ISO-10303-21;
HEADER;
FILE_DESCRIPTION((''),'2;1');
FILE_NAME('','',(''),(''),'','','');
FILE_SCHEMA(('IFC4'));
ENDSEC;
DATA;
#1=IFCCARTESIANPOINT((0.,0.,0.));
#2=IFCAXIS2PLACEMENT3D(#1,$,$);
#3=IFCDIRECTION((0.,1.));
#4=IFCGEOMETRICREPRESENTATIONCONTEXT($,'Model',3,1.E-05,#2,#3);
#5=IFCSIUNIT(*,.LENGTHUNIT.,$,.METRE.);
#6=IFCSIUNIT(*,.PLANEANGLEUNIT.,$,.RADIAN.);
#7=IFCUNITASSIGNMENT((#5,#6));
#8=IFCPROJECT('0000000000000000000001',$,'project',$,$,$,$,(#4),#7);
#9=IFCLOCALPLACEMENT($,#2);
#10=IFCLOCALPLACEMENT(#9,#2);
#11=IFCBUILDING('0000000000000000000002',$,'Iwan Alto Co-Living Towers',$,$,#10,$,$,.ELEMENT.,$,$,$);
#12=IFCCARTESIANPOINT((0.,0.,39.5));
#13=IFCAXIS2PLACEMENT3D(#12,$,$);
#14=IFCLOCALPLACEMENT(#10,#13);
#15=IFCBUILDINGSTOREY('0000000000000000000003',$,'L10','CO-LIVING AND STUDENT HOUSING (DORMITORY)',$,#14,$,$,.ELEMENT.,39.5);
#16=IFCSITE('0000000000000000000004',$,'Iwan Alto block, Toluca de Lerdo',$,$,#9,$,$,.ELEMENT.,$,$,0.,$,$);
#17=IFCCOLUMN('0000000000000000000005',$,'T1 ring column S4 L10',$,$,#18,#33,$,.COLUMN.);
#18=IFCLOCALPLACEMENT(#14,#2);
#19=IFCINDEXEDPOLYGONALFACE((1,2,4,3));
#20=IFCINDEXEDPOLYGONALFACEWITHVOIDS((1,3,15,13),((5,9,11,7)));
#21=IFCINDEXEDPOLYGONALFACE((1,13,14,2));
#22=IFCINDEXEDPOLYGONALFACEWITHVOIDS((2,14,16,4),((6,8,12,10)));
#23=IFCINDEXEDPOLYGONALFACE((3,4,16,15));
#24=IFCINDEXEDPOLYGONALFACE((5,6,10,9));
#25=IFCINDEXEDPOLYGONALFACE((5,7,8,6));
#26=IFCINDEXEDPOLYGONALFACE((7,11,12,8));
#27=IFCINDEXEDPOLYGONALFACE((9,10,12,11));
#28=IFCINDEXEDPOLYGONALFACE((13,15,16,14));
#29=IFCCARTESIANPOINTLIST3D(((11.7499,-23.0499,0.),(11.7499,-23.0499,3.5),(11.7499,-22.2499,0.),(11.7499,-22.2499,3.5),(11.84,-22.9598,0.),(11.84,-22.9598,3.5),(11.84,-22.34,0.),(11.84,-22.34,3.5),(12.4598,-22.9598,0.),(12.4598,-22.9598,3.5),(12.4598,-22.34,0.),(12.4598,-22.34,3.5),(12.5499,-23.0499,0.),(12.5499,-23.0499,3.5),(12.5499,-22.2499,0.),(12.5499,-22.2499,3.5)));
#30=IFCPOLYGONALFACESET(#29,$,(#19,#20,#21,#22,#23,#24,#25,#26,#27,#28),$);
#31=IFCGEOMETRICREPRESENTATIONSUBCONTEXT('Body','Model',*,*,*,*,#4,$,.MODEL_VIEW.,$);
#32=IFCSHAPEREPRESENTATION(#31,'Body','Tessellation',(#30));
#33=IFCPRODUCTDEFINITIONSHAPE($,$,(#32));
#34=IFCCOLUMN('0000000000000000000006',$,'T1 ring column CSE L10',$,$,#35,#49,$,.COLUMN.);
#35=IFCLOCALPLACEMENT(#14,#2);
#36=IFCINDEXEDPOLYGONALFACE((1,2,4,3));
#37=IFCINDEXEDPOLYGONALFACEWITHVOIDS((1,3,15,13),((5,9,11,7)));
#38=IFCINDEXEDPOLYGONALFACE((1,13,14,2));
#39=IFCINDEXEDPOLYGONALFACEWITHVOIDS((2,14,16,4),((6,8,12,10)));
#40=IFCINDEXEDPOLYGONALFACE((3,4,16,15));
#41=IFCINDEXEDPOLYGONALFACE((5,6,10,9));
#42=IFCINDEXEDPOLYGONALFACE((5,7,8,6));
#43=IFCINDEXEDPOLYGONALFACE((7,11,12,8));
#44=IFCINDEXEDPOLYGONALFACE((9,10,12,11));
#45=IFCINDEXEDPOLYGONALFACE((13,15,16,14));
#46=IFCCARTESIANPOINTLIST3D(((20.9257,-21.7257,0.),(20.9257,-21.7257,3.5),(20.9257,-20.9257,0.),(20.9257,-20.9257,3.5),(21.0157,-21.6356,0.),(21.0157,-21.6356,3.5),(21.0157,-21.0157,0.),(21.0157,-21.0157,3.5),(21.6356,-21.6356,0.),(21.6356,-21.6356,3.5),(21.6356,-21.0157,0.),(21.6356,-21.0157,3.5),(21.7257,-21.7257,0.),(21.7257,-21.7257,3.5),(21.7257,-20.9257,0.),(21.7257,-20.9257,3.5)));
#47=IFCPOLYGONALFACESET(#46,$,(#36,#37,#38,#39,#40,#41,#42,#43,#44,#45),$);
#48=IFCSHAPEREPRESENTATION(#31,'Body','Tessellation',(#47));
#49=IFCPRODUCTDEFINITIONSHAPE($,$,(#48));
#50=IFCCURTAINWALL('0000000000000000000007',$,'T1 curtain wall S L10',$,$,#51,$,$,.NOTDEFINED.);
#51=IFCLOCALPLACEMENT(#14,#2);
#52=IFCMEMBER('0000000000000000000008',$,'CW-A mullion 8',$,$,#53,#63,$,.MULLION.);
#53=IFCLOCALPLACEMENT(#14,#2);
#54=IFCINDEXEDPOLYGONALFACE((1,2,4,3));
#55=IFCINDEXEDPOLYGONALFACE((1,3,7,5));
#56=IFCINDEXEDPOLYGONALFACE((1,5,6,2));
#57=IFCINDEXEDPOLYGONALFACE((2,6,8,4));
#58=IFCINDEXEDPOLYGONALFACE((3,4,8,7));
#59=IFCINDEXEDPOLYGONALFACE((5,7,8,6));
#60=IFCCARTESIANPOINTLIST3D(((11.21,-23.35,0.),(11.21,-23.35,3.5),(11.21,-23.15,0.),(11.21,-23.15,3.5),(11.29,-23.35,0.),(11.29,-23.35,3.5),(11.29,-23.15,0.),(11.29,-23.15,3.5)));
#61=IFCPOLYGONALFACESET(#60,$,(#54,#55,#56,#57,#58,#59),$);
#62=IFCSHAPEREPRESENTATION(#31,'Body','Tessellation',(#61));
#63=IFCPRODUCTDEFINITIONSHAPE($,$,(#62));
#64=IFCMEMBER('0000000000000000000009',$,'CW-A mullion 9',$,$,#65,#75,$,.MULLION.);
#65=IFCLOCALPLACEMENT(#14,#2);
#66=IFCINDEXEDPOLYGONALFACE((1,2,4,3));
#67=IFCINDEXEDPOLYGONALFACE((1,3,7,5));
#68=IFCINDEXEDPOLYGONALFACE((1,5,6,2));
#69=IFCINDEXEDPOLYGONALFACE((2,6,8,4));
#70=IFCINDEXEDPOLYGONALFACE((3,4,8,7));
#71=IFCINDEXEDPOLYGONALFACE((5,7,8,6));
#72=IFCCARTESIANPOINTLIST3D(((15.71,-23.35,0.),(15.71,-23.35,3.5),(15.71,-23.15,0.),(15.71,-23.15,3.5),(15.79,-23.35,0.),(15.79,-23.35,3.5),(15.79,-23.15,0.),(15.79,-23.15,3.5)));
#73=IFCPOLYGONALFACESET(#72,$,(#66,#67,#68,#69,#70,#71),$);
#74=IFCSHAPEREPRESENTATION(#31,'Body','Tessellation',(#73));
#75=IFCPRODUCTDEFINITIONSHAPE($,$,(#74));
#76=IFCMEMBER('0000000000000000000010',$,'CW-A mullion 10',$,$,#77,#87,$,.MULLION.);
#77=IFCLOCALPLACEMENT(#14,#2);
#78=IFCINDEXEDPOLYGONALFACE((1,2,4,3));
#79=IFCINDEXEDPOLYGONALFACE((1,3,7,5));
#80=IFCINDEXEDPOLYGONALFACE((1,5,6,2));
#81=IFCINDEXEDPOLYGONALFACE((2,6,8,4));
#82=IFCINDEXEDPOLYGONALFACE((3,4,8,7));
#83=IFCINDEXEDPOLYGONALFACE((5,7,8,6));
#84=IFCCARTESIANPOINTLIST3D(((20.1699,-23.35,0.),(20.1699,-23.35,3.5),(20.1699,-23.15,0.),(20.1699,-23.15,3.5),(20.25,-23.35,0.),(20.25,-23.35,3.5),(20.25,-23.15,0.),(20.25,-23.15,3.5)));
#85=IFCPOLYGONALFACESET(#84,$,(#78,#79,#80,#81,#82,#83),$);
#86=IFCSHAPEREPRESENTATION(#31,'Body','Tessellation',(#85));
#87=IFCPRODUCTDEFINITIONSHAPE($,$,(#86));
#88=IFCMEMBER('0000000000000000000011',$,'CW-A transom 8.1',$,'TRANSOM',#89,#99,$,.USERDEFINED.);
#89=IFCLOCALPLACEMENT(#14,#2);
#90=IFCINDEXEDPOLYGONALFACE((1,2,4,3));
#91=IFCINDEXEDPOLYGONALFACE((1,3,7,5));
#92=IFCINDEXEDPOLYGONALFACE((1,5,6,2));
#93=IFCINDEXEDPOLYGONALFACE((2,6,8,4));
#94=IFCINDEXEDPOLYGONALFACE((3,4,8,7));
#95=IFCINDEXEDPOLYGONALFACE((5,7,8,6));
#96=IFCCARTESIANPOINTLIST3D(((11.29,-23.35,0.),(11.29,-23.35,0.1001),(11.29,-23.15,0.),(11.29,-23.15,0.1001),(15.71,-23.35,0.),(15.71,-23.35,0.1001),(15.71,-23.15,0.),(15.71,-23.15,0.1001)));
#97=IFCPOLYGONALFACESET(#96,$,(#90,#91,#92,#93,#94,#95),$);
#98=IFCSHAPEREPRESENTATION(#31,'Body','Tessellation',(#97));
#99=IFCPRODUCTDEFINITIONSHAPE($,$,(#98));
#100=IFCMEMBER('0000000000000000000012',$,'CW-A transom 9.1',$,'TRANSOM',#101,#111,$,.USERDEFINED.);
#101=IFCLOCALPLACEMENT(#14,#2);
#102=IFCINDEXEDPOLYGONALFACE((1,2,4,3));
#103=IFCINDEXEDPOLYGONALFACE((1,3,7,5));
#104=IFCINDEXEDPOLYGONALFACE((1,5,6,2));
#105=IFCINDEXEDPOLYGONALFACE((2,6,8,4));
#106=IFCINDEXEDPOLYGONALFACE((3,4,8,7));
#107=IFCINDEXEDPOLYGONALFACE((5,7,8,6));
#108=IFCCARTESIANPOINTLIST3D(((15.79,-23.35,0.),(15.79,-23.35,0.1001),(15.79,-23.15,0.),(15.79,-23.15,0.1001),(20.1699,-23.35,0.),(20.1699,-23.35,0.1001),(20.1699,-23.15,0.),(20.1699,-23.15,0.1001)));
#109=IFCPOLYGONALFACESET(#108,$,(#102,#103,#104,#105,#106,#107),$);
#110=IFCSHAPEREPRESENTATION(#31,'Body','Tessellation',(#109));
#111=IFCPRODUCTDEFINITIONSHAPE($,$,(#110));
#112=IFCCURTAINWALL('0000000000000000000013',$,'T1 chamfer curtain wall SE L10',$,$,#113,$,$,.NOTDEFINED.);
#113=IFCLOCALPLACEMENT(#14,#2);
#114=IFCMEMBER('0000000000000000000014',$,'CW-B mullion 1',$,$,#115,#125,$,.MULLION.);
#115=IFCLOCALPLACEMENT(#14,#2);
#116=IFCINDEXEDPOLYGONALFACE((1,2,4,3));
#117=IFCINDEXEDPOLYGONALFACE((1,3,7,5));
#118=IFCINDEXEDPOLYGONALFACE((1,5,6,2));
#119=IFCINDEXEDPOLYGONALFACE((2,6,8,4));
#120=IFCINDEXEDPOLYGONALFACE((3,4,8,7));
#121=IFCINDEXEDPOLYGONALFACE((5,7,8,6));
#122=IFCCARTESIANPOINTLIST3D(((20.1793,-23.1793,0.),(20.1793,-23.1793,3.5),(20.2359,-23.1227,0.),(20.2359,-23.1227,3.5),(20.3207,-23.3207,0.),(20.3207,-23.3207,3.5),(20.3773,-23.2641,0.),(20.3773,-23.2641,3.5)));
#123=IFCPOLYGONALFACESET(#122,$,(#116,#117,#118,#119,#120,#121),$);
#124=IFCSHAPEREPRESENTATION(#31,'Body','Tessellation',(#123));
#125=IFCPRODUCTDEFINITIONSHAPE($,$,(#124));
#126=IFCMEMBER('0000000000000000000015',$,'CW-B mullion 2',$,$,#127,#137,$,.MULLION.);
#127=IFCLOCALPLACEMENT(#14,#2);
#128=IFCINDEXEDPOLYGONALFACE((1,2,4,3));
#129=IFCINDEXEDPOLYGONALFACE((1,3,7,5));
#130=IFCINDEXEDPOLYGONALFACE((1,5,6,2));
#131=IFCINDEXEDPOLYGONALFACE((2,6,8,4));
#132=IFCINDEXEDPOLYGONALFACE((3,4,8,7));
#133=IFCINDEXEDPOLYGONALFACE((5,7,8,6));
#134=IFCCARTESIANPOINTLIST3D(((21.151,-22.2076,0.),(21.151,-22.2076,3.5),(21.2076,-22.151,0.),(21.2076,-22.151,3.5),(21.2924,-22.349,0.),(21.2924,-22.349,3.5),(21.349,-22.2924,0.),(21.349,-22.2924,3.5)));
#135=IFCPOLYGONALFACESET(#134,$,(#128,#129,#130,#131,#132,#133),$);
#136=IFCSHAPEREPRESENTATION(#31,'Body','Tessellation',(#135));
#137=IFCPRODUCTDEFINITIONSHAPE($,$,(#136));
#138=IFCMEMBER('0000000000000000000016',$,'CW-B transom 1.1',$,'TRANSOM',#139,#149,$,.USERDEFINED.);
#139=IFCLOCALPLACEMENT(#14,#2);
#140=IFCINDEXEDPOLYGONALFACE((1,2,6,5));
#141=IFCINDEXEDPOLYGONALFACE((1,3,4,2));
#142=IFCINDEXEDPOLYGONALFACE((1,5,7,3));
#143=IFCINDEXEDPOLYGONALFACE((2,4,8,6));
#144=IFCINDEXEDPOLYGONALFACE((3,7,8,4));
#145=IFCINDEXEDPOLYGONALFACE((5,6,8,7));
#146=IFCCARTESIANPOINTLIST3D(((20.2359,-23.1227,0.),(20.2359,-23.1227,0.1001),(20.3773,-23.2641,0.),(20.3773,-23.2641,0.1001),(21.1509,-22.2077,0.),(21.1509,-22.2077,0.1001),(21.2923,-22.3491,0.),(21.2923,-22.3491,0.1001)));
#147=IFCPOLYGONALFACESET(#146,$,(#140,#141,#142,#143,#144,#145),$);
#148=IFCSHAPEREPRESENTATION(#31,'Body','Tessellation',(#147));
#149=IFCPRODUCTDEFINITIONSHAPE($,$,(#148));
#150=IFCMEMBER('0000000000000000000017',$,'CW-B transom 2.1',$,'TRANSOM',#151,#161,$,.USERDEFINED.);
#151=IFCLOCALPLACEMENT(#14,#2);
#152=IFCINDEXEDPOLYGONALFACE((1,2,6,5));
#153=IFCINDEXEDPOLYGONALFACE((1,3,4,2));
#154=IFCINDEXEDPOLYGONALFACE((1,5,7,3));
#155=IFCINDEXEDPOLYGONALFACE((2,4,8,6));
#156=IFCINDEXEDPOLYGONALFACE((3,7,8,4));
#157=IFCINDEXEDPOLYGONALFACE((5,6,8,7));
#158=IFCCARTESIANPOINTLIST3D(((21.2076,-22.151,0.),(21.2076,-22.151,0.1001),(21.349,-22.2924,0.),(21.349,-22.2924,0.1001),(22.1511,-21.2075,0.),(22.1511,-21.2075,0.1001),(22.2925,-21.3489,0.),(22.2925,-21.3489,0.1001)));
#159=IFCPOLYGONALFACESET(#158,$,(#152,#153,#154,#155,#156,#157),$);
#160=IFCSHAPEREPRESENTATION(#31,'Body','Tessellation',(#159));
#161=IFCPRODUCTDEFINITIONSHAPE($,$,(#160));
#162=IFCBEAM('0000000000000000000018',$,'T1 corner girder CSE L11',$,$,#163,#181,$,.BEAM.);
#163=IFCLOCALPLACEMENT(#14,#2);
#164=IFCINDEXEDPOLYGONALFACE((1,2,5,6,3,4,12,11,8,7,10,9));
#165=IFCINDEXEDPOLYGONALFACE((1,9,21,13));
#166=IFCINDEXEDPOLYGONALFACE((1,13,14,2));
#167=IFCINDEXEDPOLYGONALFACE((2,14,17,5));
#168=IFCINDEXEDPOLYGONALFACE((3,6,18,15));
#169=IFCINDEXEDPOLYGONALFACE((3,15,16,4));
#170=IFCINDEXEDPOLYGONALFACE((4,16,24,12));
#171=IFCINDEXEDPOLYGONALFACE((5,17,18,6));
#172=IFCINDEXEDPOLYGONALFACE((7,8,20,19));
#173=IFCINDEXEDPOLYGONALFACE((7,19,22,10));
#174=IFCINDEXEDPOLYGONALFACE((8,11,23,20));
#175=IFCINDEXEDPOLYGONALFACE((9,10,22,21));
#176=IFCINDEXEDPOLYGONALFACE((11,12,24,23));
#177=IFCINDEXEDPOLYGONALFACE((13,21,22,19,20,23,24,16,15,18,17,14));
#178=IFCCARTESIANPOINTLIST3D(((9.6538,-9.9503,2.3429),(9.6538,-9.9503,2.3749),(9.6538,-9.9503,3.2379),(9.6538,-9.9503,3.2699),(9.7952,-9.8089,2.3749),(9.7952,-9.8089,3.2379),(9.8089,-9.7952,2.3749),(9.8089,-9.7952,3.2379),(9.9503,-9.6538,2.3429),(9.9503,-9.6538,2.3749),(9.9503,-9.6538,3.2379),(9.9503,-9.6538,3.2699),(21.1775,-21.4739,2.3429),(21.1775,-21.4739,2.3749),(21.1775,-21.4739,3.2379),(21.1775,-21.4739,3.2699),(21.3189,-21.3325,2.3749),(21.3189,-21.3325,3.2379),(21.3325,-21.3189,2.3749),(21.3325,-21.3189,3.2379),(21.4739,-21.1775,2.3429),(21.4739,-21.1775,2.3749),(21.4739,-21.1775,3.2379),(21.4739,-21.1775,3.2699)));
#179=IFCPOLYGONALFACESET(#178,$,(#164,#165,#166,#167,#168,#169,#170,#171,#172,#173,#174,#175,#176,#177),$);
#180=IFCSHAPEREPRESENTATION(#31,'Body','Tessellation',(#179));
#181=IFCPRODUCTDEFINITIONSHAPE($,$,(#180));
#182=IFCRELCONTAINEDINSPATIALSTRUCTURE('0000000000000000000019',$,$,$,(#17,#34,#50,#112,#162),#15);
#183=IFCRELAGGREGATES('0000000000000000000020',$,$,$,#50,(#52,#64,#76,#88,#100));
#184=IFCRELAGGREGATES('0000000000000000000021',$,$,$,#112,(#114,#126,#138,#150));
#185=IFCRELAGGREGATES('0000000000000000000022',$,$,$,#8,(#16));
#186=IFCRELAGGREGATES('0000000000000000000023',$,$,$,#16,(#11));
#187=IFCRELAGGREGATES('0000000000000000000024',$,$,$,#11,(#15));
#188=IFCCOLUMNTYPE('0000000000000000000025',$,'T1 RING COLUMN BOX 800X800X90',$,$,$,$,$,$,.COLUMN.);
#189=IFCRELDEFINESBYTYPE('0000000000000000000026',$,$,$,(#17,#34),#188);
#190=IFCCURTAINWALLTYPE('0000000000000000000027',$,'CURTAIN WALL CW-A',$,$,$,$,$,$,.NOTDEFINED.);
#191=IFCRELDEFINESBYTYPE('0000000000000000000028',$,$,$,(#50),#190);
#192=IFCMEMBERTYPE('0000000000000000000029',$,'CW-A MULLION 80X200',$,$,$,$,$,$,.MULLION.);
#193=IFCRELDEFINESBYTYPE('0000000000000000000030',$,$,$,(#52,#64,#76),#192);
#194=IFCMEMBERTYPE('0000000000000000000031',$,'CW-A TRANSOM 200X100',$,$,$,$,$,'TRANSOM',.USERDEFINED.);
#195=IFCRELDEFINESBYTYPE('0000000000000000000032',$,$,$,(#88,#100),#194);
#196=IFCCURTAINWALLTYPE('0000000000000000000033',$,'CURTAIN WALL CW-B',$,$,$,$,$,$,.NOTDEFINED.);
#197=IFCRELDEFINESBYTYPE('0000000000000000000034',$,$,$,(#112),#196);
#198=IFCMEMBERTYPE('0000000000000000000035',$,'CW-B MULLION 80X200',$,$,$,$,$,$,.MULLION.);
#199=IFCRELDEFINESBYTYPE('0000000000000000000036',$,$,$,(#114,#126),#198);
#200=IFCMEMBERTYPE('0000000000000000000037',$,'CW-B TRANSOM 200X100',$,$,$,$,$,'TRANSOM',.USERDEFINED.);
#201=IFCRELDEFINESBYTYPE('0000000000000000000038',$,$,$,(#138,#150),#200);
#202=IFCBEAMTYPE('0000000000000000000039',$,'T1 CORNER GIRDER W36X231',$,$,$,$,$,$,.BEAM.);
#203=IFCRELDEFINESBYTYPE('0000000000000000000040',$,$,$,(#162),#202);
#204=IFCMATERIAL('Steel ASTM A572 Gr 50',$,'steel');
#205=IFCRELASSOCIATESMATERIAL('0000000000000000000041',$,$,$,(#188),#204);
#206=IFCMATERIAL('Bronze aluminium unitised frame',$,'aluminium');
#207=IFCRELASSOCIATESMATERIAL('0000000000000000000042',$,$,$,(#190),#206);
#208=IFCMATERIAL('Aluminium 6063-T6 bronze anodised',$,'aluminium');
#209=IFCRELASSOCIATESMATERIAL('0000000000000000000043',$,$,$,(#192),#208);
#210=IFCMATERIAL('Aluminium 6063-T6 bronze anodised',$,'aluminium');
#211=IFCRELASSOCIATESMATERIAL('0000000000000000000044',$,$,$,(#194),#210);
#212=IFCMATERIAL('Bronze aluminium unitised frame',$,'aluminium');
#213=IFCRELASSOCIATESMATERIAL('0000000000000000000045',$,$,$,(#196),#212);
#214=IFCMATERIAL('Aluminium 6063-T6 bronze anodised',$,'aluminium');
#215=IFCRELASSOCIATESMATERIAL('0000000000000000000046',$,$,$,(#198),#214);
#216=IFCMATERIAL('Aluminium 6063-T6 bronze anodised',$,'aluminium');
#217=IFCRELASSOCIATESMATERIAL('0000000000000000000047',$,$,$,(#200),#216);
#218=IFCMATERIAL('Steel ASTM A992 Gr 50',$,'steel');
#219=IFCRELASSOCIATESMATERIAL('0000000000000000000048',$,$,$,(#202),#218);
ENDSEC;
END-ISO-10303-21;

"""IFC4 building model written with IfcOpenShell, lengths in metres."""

from ifc_helpers import new_model, si_unit, direction, frame, origin, origin_2d, place, context, subcontext, project, spatial, rectangle, hollow_rectangle, i_section, extrude, material, material_profile, profile_set, type_object, element, aggregate, save


model = new_model("IFC4")

# Units and contexts
model_context = context("Model", 3, precision=1e-05, world=origin(), true_north=direction((0.0, 1.0)))
body_context = subcontext(model_context, "Body", "Model", "MODEL_VIEW")
ifc_project = project(units=[si_unit("LENGTHUNIT", "METRE"), si_unit("PLANEANGLEUNIT", "RADIAN")], contexts=[model_context])

# Site, building, storey
site_placement = place(None, origin())
site = spatial("IfcSite", under=ifc_project, at=site_placement, Name="Iwan Alto block, Toluca de Lerdo", CompositionType="ELEMENT", RefElevation=0.0)
building_placement = place(site_placement, origin())
building = spatial("IfcBuilding", under=site, at=building_placement, Name="Iwan Alto Co-Living Towers", CompositionType="ELEMENT")
storey_placement = place(building_placement, frame((0.0, 0.0, 39.5)))
storey = spatial("IfcBuildingStorey", under=building, at=storey_placement, Name="L10", Description="CO-LIVING AND STUDENT HOUSING (DORMITORY)", CompositionType="ELEMENT", Elevation=39.5)

# Columns
ifc_material_1 = material(Name="Steel ASTM A572 Gr 50", Category="steel")
ifc_material_profile_1 = material_profile(ifc_material_1, hollow_rectangle(XDim=0.8, YDim=0.8, WallThickness=0.0901, at=origin_2d()), Name="BOX 800X800X90")
ifc_profile_set_1 = profile_set([ifc_material_profile_1], Name="Steel ASTM A572 Gr 50")
column_type = type_object("IfcColumnType", Name="T1 RING COLUMN BOX 800X800X90", PredefinedType="COLUMN", material=ifc_profile_set_1)
for number, where, z_axis, x_axis, name in (
    (1, (12.1499, -22.6499, 0.0), (0.0, 0.0, 1.0), (1.0, 0.0, 0.0), "T1 ring column S4 L10"),
    (2, (21.3257, -21.3257, 0.0), (0.0, 0.0, 1.0), (1.0, 0.0, 0.0), "T1 ring column CSE L10"),
):
    element("IfcColumn", number, at=place(storey_placement, frame(where, z_axis=z_axis, x_axis=x_axis)), inside=storey, type_object=column_type, Name=name, PredefinedType="COLUMN", context=body_context, shape_type="SweptSolid", body=[
        extrude(hollow_rectangle(XDim=0.8, YDim=0.8, WallThickness=0.0901, at=origin_2d()), origin(), (0.0, 0.0, 1.0), 3.5),
    ])

# Curtain walls, members
ifc_material_2 = material(Name="Bronze aluminium unitised frame", Category="aluminium")
curtain_wall_type_1 = type_object("IfcCurtainWallType", Name="CURTAIN WALL CW-A", PredefinedType="NOTDEFINED", material=ifc_material_2)
curtain_wall_1_placement = place(storey_placement, origin())
curtain_wall_1 = element("IfcCurtainWall", 3, at=curtain_wall_1_placement, inside=storey, type_object=curtain_wall_type_1, Name="T1 curtain wall S L10", PredefinedType="NOTDEFINED")
ifc_material_3 = material(Name="Aluminium 6063-T6 bronze anodised", Category="aluminium")
ifc_material_profile_2 = material_profile(ifc_material_3, rectangle(XDim=0.2, YDim=0.0801, at=origin_2d()), Name="AL 80X200")
ifc_profile_set_2 = profile_set([ifc_material_profile_2], Name="Aluminium 6063-T6 bronze anodised")
member_type_1 = type_object("IfcMemberType", Name="CW-A MULLION 80X200", PredefinedType="MULLION", material=ifc_profile_set_2)
member_1_placement = place(storey_placement, frame((11.25, -23.25, 0.0), z_axis=(0.0, 0.0, 1.0), x_axis=(0.0, 1.0, 0.0)))
member_1 = element("IfcMember", 4, at=member_1_placement, type_object=member_type_1, Name="CW-A mullion 8", PredefinedType="MULLION", context=body_context, shape_type="SweptSolid", body=[
    extrude(rectangle(XDim=0.2, YDim=0.0801, at=origin_2d()), origin(), (0.0, 0.0, 1.0), 3.5),
])
member_2_placement = place(storey_placement, frame((15.75, -23.25, 0.0), z_axis=(0.0, 0.0, 1.0), x_axis=(0.0, 1.0, 0.0)))
member_2 = element("IfcMember", 5, at=member_2_placement, type_object=member_type_1, Name="CW-A mullion 9", PredefinedType="MULLION", context=body_context, shape_type="SweptSolid", body=[
    extrude(rectangle(XDim=0.2, YDim=0.0801, at=origin_2d()), origin(), (0.0, 0.0, 1.0), 3.5),
])
member_3_placement = place(storey_placement, frame((20.21, -23.25, 0.0), z_axis=(0.0, 0.0, 1.0), x_axis=(0.0, 1.0, 0.0)))
member_3 = element("IfcMember", 6, at=member_3_placement, type_object=member_type_1, Name="CW-A mullion 10", PredefinedType="MULLION", context=body_context, shape_type="SweptSolid", body=[
    extrude(rectangle(XDim=0.2, YDim=0.0801, at=origin_2d()), origin(), (0.0, 0.0, 1.0), 3.5),
])
ifc_material_4 = material(Name="Aluminium 6063-T6 bronze anodised", Category="aluminium")
ifc_material_profile_3 = material_profile(ifc_material_4, rectangle(XDim=0.2, YDim=0.1001, at=origin_2d()), Name="AL 200X100")
ifc_profile_set_3 = profile_set([ifc_material_profile_3], Name="Aluminium 6063-T6 bronze anodised")
member_type_2 = type_object("IfcMemberType", Name="CW-A TRANSOM 200X100", ElementType="TRANSOM", PredefinedType="USERDEFINED", material=ifc_profile_set_3)
member_4_placement = place(storey_placement, frame((11.29, -23.25, 0.05), z_axis=(1.0, 0.0, 0.0), x_axis=(0.0, 1.0, 0.0)))
member_4 = element("IfcMember", 7, at=member_4_placement, type_object=member_type_2, Name="CW-A transom 8.1", ObjectType="TRANSOM", PredefinedType="USERDEFINED", context=body_context, shape_type="SweptSolid", body=[
    extrude(rectangle(XDim=0.2, YDim=0.1001, at=origin_2d()), origin(), (0.0, 0.0, 1.0), 4.4199),
])
member_5_placement = place(storey_placement, frame((15.79, -23.25, 0.05), z_axis=(1.0, 0.0, 0.0), x_axis=(0.0, 1.0, 0.0)))
member_5 = element("IfcMember", 8, at=member_5_placement, type_object=member_type_2, Name="CW-A transom 9.1", ObjectType="TRANSOM", PredefinedType="USERDEFINED", context=body_context, shape_type="SweptSolid", body=[
    extrude(rectangle(XDim=0.2, YDim=0.1001, at=origin_2d()), origin(), (0.0, 0.0, 1.0), 4.3799),
])
ifc_material_5 = material(Name="Bronze aluminium unitised frame", Category="aluminium")
curtain_wall_type_2 = type_object("IfcCurtainWallType", Name="CURTAIN WALL CW-B", PredefinedType="NOTDEFINED", material=ifc_material_5)
curtain_wall_2_placement = place(storey_placement, origin())
curtain_wall_2 = element("IfcCurtainWall", 9, at=curtain_wall_2_placement, inside=storey, type_object=curtain_wall_type_2, Name="T1 chamfer curtain wall SE L10", PredefinedType="NOTDEFINED")
ifc_material_6 = material(Name="Aluminium 6063-T6 bronze anodised", Category="aluminium")
ifc_material_profile_4 = material_profile(ifc_material_6, rectangle(XDim=0.2, YDim=0.0801, at=origin_2d()), Name="AL 80X200")
ifc_profile_set_4 = profile_set([ifc_material_profile_4], Name="Aluminium 6063-T6 bronze anodised")
member_type_3 = type_object("IfcMemberType", Name="CW-B MULLION 80X200", PredefinedType="MULLION", material=ifc_profile_set_4)
member_6_placement = place(storey_placement, frame((20.2783, -23.2217, 0.0), z_axis=(0.0, 0.0, 1.0), x_axis=(-0.707107, 0.707107, 0.0)))
member_6 = element("IfcMember", 10, at=member_6_placement, type_object=member_type_3, Name="CW-B mullion 1", PredefinedType="MULLION", context=body_context, shape_type="SweptSolid", body=[
    extrude(rectangle(XDim=0.2, YDim=0.0801, at=origin_2d()), origin(), (0.0, 0.0, 1.0), 3.5),
])
member_7_placement = place(storey_placement, frame((21.25, -22.25, 0.0), z_axis=(0.0, 0.0, 1.0), x_axis=(-0.707107, 0.707107, 0.0)))
member_7 = element("IfcMember", 11, at=member_7_placement, type_object=member_type_3, Name="CW-B mullion 2", PredefinedType="MULLION", context=body_context, shape_type="SweptSolid", body=[
    extrude(rectangle(XDim=0.2, YDim=0.0801, at=origin_2d()), origin(), (0.0, 0.0, 1.0), 3.5),
])
ifc_material_7 = material(Name="Aluminium 6063-T6 bronze anodised", Category="aluminium")
ifc_material_profile_5 = material_profile(ifc_material_7, rectangle(XDim=0.2, YDim=0.1001, at=origin_2d()), Name="AL 200X100")
ifc_profile_set_5 = profile_set([ifc_material_profile_5], Name="Aluminium 6063-T6 bronze anodised")
member_type_4 = type_object("IfcMemberType", Name="CW-B TRANSOM 200X100", ElementType="TRANSOM", PredefinedType="USERDEFINED", material=ifc_profile_set_5)
member_8_placement = place(storey_placement, frame((20.3066, -23.1934, 0.05), z_axis=(0.707107, 0.707107, 0.0), x_axis=(-0.707107, 0.707107, 0.0)))
member_8 = element("IfcMember", 12, at=member_8_placement, type_object=member_type_4, Name="CW-B transom 1.1", ObjectType="TRANSOM", PredefinedType="USERDEFINED", context=body_context, shape_type="SweptSolid", body=[
    extrude(rectangle(XDim=0.2, YDim=0.1001, at=origin_2d()), origin(), (0.0, 0.0, 1.0), 1.2939),
])
member_9_placement = place(storey_placement, frame((21.2783, -22.2217, 0.05), z_axis=(0.707107, 0.707107, 0.0), x_axis=(-0.707107, 0.707107, 0.0)))
member_9 = element("IfcMember", 13, at=member_9_placement, type_object=member_type_4, Name="CW-B transom 2.1", ObjectType="TRANSOM", PredefinedType="USERDEFINED", context=body_context, shape_type="SweptSolid", body=[
    extrude(rectangle(XDim=0.2, YDim=0.1001, at=origin_2d()), origin(), (0.0, 0.0, 1.0), 1.3342),
])

# Beam
ifc_material_8 = material(Name="Steel ASTM A992 Gr 50", Category="steel")
ifc_material_profile_6 = material_profile(ifc_material_8, i_section(OverallWidth=0.4192, OverallDepth=0.927, WebThickness=0.0193, FlangeThickness=0.032, at=origin_2d()), Name="W36X231")
ifc_profile_set_6 = profile_set([ifc_material_profile_6], Name="Steel ASTM A992 Gr 50")
beam_type_1 = type_object("IfcBeamType", Name="T1 CORNER GIRDER W36X231", PredefinedType="BEAM", material=ifc_profile_set_6)
beam_1_placement = place(storey_placement, frame((21.3257, -21.3257, 2.8064), z_axis=(-0.707107, 0.707107, 0.0), x_axis=(-0.707107, -0.707107, 0.0)))
element("IfcBeam", 14, at=beam_1_placement, inside=storey, type_object=beam_type_1, Name="T1 corner girder CSE L11", PredefinedType="BEAM", context=body_context, shape_type="SweptSolid", body=[
    extrude(i_section(OverallWidth=0.4192, OverallDepth=0.927, WebThickness=0.0193, FlangeThickness=0.032, at=origin_2d()), origin(), (0.0, 0.0, 1.0), 16.2969),
])

aggregate(curtain_wall_1, [member_1, member_2, member_3, member_4, member_5])
aggregate(curtain_wall_2, [member_6, member_7, member_8, member_9])

save(model, "model.ifc")
